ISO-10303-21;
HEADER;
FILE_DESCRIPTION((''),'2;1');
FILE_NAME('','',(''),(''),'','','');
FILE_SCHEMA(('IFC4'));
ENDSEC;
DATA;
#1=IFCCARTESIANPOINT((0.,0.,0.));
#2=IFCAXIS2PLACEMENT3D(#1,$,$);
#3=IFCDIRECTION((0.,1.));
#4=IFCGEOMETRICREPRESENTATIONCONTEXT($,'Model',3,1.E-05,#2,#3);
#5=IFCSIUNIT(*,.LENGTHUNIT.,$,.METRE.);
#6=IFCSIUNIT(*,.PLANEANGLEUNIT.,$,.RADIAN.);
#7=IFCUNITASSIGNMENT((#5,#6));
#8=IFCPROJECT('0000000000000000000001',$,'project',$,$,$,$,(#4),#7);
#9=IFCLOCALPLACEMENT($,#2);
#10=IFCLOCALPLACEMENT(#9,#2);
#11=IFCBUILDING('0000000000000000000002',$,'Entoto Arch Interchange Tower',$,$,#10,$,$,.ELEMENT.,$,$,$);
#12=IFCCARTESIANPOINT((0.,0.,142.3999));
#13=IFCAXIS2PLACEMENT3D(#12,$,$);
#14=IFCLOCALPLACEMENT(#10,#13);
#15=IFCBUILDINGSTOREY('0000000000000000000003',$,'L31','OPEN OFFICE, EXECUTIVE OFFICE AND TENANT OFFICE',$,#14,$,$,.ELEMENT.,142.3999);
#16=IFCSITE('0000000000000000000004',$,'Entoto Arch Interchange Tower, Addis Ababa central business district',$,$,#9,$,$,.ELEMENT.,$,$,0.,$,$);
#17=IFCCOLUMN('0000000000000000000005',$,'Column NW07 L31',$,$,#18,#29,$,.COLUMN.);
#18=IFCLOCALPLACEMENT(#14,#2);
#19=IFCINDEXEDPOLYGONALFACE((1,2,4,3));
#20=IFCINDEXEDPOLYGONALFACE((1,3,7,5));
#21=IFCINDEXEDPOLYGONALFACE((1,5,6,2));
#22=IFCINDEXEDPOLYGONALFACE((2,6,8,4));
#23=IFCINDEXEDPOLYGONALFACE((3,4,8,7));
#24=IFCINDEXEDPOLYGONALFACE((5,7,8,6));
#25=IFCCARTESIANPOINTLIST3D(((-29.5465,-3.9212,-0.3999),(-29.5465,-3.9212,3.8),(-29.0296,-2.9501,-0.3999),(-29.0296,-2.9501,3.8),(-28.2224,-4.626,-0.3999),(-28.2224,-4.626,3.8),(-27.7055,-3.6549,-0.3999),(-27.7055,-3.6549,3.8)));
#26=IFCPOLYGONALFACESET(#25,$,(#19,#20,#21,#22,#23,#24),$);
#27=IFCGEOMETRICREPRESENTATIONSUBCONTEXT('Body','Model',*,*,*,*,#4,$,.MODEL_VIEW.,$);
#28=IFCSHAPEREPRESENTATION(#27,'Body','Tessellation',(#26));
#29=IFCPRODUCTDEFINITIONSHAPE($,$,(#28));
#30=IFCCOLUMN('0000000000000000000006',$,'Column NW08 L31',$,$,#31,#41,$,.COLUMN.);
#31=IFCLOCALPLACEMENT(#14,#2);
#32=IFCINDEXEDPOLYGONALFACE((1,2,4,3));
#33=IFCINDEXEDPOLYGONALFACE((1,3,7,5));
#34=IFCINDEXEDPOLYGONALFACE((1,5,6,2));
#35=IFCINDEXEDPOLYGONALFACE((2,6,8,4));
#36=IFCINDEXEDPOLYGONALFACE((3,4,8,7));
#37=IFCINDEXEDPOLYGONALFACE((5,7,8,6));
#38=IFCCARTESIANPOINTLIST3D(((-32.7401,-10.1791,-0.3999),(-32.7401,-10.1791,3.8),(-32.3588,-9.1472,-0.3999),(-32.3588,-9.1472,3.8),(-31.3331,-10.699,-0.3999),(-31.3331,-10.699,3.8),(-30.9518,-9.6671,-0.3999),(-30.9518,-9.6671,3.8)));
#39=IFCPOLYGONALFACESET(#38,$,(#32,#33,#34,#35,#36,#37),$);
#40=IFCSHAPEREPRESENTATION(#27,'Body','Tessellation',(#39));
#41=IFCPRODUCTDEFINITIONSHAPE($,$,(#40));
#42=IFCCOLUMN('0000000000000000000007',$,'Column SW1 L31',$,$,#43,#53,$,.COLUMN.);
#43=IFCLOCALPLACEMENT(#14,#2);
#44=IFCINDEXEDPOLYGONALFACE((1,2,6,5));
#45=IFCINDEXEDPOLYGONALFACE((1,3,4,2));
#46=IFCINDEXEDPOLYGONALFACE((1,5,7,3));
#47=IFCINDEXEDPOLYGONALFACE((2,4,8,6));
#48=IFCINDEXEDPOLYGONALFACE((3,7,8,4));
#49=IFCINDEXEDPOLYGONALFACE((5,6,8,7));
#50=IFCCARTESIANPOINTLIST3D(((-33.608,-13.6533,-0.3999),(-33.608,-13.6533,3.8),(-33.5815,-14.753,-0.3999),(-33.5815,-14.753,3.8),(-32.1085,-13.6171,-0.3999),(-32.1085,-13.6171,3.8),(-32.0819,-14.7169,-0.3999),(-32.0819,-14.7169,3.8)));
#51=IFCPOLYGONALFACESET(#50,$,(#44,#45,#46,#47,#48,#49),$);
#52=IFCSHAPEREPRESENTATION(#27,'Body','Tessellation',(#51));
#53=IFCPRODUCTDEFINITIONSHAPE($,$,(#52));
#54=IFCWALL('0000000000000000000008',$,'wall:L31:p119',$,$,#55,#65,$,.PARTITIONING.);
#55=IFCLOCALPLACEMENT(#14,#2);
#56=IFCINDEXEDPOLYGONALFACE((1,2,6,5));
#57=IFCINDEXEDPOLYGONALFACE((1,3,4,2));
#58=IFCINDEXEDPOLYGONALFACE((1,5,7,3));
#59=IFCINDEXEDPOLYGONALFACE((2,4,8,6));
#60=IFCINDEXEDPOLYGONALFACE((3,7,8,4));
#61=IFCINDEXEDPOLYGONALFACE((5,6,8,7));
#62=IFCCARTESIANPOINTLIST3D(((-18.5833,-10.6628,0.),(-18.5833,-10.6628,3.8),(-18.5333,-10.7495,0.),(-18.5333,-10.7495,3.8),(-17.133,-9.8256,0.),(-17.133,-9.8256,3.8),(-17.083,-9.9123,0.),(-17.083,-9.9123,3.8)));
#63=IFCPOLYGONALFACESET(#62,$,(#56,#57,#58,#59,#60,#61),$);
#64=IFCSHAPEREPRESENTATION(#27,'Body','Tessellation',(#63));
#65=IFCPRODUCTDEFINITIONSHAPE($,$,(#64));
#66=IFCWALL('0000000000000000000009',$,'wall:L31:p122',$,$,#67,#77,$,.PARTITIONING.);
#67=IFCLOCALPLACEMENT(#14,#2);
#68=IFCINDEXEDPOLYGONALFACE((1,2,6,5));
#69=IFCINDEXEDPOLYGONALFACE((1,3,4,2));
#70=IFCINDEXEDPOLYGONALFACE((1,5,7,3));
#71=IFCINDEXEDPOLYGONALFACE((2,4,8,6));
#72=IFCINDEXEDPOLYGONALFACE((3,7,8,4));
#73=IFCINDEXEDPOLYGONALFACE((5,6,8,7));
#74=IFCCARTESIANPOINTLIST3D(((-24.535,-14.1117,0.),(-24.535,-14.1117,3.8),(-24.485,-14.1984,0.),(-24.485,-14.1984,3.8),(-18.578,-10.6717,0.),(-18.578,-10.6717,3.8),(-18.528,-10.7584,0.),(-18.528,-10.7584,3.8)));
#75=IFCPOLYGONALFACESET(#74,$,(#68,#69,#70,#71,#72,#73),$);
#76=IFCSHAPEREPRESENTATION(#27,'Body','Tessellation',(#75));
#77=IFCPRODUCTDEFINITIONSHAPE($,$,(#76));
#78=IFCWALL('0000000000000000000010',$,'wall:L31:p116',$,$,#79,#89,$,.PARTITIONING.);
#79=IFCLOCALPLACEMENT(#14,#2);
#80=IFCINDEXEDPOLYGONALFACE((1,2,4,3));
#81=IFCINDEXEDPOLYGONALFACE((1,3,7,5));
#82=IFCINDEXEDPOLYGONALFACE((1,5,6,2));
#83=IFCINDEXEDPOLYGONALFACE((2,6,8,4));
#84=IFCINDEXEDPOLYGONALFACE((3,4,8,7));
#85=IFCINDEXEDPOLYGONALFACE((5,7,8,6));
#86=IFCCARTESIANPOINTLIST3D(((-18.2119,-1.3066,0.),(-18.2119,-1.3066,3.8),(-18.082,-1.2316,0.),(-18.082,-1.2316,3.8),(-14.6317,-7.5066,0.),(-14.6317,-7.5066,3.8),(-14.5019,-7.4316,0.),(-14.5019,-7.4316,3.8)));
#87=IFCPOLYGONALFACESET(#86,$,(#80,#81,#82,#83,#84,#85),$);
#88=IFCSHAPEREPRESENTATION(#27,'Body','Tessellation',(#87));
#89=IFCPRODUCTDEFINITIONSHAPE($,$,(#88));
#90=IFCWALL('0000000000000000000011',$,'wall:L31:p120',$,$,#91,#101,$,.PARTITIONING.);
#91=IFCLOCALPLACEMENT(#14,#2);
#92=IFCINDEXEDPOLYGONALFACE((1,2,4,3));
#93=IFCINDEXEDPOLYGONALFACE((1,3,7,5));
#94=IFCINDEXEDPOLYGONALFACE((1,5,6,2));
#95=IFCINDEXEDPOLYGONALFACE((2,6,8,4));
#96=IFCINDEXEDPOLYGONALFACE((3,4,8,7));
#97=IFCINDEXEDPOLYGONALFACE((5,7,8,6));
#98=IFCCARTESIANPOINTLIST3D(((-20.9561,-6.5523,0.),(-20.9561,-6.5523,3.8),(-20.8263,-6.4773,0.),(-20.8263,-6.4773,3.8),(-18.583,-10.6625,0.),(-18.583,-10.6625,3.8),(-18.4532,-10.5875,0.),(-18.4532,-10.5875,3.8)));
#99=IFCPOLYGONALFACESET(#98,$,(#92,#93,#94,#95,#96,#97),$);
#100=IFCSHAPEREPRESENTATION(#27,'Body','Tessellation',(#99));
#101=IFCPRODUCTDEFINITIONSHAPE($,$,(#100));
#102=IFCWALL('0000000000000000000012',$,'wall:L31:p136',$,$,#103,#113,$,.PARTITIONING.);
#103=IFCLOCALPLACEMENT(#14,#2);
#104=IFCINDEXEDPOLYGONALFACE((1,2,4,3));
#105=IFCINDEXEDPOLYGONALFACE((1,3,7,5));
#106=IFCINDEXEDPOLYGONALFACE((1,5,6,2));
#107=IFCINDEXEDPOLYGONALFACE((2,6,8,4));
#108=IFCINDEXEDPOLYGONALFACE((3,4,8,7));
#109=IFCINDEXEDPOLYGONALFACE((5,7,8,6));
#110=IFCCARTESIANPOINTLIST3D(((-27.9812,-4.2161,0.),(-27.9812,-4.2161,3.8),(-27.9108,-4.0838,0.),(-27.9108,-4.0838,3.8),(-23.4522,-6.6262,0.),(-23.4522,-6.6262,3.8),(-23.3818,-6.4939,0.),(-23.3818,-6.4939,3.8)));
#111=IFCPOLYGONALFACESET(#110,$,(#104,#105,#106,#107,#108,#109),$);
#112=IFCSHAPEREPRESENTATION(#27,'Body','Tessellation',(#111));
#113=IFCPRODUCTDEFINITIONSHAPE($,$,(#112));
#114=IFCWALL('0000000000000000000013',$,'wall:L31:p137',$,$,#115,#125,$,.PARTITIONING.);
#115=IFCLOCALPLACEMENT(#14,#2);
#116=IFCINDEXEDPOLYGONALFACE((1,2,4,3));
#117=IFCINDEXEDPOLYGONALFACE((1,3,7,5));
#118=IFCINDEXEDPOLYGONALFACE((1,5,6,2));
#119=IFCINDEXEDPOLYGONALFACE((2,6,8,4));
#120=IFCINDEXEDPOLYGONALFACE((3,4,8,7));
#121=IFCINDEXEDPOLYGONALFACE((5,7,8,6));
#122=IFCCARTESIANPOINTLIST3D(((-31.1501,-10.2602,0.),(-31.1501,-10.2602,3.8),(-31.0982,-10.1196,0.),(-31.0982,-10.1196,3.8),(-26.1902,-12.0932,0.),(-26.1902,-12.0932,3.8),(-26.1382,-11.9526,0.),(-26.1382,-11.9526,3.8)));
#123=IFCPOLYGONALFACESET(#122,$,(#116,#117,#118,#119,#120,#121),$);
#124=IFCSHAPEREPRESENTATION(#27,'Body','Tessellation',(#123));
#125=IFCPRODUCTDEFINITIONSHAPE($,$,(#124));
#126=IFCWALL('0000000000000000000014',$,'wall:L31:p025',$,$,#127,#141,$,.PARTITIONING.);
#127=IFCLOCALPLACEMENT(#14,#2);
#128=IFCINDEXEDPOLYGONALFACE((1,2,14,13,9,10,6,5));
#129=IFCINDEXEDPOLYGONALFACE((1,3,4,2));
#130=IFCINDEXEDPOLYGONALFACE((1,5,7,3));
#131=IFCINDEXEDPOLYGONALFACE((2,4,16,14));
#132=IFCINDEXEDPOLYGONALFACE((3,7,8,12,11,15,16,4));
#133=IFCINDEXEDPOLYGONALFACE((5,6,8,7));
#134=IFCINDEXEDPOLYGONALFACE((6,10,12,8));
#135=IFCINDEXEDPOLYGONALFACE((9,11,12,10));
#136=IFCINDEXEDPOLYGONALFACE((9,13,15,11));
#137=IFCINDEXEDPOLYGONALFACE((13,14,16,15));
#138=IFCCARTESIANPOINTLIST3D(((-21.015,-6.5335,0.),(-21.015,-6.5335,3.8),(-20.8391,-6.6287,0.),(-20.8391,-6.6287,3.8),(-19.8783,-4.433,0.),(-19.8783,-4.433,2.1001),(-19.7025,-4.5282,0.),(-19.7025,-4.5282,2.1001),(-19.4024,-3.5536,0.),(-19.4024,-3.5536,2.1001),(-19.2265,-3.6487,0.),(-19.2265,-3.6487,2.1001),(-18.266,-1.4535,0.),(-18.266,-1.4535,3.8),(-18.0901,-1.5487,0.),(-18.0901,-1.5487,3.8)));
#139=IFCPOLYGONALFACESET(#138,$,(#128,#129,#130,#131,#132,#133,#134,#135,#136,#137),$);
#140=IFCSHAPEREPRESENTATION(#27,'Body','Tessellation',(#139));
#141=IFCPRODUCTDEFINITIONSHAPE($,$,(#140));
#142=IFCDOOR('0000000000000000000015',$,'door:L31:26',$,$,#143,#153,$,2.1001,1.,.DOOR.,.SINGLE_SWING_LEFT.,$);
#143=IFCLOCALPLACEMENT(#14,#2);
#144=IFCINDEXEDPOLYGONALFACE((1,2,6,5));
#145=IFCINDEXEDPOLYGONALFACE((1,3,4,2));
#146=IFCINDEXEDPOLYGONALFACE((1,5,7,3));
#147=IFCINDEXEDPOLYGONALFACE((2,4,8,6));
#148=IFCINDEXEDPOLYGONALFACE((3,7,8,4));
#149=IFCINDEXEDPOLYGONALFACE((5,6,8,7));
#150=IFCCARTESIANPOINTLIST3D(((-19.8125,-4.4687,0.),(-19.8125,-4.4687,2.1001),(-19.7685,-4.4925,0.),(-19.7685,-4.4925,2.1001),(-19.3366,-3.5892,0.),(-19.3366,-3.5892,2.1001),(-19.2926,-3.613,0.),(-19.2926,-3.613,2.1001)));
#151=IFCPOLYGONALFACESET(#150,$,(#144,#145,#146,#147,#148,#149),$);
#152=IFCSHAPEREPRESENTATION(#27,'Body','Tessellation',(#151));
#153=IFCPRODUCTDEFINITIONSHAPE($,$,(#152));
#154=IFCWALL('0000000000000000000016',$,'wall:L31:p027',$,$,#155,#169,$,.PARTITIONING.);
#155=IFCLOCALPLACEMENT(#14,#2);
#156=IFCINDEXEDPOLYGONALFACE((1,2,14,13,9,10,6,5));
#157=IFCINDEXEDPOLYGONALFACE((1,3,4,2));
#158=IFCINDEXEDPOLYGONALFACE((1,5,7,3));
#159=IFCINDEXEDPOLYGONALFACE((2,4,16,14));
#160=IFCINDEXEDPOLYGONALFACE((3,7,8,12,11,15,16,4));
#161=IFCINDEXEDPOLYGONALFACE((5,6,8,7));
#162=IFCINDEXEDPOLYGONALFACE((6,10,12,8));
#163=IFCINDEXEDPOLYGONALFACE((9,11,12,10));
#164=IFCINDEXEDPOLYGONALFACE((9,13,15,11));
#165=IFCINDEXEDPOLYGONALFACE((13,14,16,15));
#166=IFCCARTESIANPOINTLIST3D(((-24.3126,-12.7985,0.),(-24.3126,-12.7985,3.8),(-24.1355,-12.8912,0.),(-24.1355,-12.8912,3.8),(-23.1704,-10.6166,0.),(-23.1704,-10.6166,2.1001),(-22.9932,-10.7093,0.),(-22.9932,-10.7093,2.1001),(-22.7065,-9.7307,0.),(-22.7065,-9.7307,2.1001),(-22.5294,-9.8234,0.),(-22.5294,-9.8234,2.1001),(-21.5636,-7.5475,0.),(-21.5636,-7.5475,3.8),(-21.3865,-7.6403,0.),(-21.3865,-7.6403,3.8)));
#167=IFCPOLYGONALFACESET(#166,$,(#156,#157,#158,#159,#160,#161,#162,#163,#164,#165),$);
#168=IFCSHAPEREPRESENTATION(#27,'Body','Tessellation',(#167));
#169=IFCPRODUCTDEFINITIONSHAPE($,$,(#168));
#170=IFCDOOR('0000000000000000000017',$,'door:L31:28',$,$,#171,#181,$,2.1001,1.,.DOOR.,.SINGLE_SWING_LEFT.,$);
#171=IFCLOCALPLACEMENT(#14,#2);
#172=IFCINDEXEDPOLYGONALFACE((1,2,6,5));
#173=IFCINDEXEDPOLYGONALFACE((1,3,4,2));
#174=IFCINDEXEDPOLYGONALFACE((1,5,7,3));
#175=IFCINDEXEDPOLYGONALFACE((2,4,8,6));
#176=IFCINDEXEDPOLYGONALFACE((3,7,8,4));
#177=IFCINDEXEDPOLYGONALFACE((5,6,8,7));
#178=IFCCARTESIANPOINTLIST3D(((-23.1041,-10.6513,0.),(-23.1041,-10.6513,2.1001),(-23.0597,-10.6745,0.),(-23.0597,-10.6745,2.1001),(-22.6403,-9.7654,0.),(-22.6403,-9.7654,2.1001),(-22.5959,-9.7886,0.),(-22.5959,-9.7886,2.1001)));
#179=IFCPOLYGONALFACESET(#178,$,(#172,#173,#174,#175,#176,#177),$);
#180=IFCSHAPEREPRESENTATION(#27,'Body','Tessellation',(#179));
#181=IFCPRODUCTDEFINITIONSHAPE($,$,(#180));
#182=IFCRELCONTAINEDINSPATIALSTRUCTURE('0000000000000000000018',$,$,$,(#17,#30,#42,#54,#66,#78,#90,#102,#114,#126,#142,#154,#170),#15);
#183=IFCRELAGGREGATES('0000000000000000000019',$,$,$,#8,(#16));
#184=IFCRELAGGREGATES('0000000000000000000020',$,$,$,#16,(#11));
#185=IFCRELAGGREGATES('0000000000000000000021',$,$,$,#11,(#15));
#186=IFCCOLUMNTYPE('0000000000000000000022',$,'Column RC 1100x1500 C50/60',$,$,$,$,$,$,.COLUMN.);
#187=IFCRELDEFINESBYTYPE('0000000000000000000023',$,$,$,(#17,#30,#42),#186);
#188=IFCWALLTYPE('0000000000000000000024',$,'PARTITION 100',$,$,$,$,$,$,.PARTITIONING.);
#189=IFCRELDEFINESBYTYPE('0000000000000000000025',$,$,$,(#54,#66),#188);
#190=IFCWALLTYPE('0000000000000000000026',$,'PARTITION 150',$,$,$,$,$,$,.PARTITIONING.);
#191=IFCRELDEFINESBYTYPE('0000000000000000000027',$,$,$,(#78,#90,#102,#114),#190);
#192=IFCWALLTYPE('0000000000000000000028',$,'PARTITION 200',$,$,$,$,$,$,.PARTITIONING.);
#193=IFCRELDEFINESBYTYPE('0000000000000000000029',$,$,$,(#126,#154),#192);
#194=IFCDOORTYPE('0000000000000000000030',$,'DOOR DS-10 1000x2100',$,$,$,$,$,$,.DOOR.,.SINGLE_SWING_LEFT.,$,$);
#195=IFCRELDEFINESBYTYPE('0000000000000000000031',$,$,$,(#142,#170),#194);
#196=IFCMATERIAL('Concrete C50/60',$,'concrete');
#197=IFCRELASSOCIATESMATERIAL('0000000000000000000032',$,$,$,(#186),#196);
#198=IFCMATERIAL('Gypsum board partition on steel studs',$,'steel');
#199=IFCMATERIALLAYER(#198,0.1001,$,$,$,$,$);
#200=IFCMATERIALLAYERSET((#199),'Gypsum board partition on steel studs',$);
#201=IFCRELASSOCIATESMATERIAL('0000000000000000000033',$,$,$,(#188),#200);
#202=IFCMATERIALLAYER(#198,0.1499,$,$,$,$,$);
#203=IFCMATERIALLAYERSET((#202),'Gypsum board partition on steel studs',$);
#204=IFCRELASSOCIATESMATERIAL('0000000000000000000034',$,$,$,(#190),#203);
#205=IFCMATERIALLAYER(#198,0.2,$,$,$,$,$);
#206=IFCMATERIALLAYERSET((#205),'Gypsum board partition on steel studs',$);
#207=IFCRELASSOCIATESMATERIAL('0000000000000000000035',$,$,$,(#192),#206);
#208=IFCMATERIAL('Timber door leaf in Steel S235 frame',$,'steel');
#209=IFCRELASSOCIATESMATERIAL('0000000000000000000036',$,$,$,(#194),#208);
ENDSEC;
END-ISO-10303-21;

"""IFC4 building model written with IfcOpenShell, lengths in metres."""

from ifc_helpers import new_model, si_unit, direction, frame, frame_2d, origin, origin_2d, place, context, subcontext, project, spatial, rectangle, extrude, material, layer, layer_set, material_profile, profile_set, type_object, element, fill, save


model = new_model("IFC4")

# Units and contexts
model_context = context("Model", 3, precision=1e-05, world=origin(), true_north=direction((0.0, 1.0)))
body_context = subcontext(model_context, "Body", "Model", "MODEL_VIEW")
ifc_project = project(units=[si_unit("LENGTHUNIT", "METRE"), si_unit("PLANEANGLEUNIT", "RADIAN")], contexts=[model_context])

# Site, building, storey
site_placement = place(None, origin())
site = spatial("IfcSite", under=ifc_project, at=site_placement, Name="Entoto Arch Interchange Tower, Addis Ababa central business district", CompositionType="ELEMENT", RefElevation=0.0)
building_placement = place(site_placement, origin())
building = spatial("IfcBuilding", under=site, at=building_placement, Name="Entoto Arch Interchange Tower", CompositionType="ELEMENT")
storey_placement = place(building_placement, frame((0.0, 0.0, 142.3999)))
storey = spatial("IfcBuildingStorey", under=building, at=storey_placement, Name="L31", Description="OPEN OFFICE, EXECUTIVE OFFICE AND TENANT OFFICE", CompositionType="ELEMENT", Elevation=142.3999)

# Columns
ifc_material_1 = material(Name="Concrete C50/60", Category="concrete")
ifc_material_profile = material_profile(ifc_material_1, rectangle(XDim=1.1001, YDim=1.5, at=origin_2d()))
ifc_profile_set = profile_set([ifc_material_profile], Name="Concrete C50/60")
column_type = type_object("IfcColumnType", Name="Column RC 1100x1500 C50/60", PredefinedType="COLUMN", material=ifc_profile_set)
for number, where, z_axis, x_axis, name in (
    (1, (-28.626, -3.7881, -0.3999), (0.0, 0.0, 1.0), (0.469857, 0.882743, 0.0), "Column NW07 L31"),
    (2, (-31.8459, -9.9231, -0.3999), (0.0, 0.0, 1.0), (0.346592, 0.938016, 0.0), "Column NW08 L31"),
    (3, (-32.845, -14.1851, -0.3999), (0.0, 0.0, 1.0), (-0.024118, 0.999709, 0.0), "Column SW1 L31"),
):
    element("IfcColumn", number, at=place(storey_placement, frame(where, z_axis=z_axis, x_axis=x_axis)), inside=storey, type_object=column_type, Name=name, PredefinedType="COLUMN", context=body_context, shape_type="SweptSolid", body=[
        extrude(rectangle(XDim=1.1001, YDim=1.5, at=origin_2d()), origin(), (0.0, 0.0, 1.0), 4.2),
    ])

# Walls
ifc_material_2 = material(Name="Gypsum board partition on steel studs", Category="steel")
ifc_layer_1 = layer(ifc_material_2, 0.1001)
ifc_layer_set_1 = layer_set([ifc_layer_1], Name="Gypsum board partition on steel studs")
wall_type_1 = type_object("IfcWallType", Name="PARTITION 100", PredefinedType="PARTITIONING", material=ifc_layer_set_1)
wall_1_placement = place(storey_placement, frame((-17.1079, -9.8689, 0.0), z_axis=(0.0, 0.0, 1.0), x_axis=(-0.866054, -0.49995, 0.0)))
element("IfcWall", 4, at=wall_1_placement, inside=storey, type_object=wall_type_1, Name="wall:L31:p119", PredefinedType="PARTITIONING", context=body_context, shape_type="SweptSolid", body=[
    extrude(rectangle(XDim=1.6746, YDim=0.1001, at=frame_2d((0.8374, 0.0))), origin(), (0.0, 0.0, 1.0), 3.8),
])
wall_2_placement = place(storey_placement, frame((-18.553, -10.7151, 0.0), z_axis=(0.0, 0.0, 1.0), x_axis=(-0.865985, -0.500071, 0.0)))
element("IfcWall", 5, at=wall_2_placement, inside=storey, type_object=wall_type_1, Name="wall:L31:p122", PredefinedType="PARTITIONING", context=body_context, shape_type="SweptSolid", body=[
    extrude(rectangle(XDim=6.8789, YDim=0.1001, at=frame_2d((3.4395, 0.0))), origin(), (0.0, 0.0, 1.0), 3.8),
])
ifc_layer_2 = layer(ifc_material_2, 0.1499)
ifc_layer_set_2 = layer_set([ifc_layer_2], Name="Gypsum board partition on steel studs")
wall_type_2 = type_object("IfcWallType", Name="PARTITION 150", PredefinedType="PARTITIONING", material=ifc_layer_set_2)
wall_3_placement = place(storey_placement, frame((-14.5669, -7.469, 0.0), z_axis=(0.0, 0.0, 1.0), x_axis=(-0.500056, 0.865993, 0.0)))
element("IfcWall", 6, at=wall_3_placement, inside=storey, type_object=wall_type_2, Name="wall:L31:p116", PredefinedType="PARTITIONING", context=body_context, shape_type="SweptSolid", body=[
    extrude(rectangle(XDim=7.1594, YDim=0.1499, at=frame_2d((3.5796, 0.0))), origin(), (0.0, 0.0, 1.0), 3.8),
])
wall_4_placement = place(storey_placement, frame((-18.5181, -10.625, 0.0), z_axis=(0.0, 0.0, 1.0), x_axis=(-0.500012, 0.866019, 0.0)))
element("IfcWall", 7, at=wall_4_placement, inside=storey, type_object=wall_type_2, Name="wall:L31:p120", PredefinedType="PARTITIONING", context=body_context, shape_type="SweptSolid", body=[
    extrude(rectangle(XDim=4.7461, YDim=0.1499, at=frame_2d((2.373, 0.0))), origin(), (0.0, 0.0, 1.0), 3.8),
])
wall_5_placement = place(storey_placement, frame((-23.417, -6.5601, 0.0), z_axis=(0.0, 0.0, 1.0), x_axis=(-0.882785, 0.469778, 0.0)))
element("IfcWall", 8, at=wall_5_placement, inside=storey, type_object=wall_type_2, Name="wall:L31:p136", PredefinedType="PARTITIONING", context=body_context, shape_type="SweptSolid", body=[
    extrude(rectangle(XDim=5.1304, YDim=0.1499, at=frame_2d((2.5652, 0.0))), origin(), (0.0, 0.0, 1.0), 3.8),
])
wall_6_placement = place(storey_placement, frame((-26.1641, -12.0229, 0.0), z_axis=(0.0, 0.0, 1.0), x_axis=(-0.937996, 0.346647, 0.0)))
element("IfcWall", 9, at=wall_6_placement, inside=storey, type_object=wall_type_2, Name="wall:L31:p137", PredefinedType="PARTITIONING", context=body_context, shape_type="SweptSolid", body=[
    extrude(rectangle(XDim=5.2878, YDim=0.1499, at=frame_2d((2.644, 0.0))), origin(), (0.0, 0.0, 1.0), 3.8),
])

# Walls, openings, doors
ifc_layer_3 = layer(ifc_material_2, 0.2)
ifc_layer_set_3 = layer_set([ifc_layer_3], Name="Gypsum board partition on steel studs")
wall_type_3 = type_object("IfcWallType", Name="PARTITION 200", PredefinedType="PARTITIONING", material=ifc_layer_set_3)
wall_7_placement = place(storey_placement, frame((-18.178, -1.501, 0.0), z_axis=(0.0, 0.0, 1.0), x_axis=(-0.475924, -0.879487, 0.0)))
wall_7 = element("IfcWall", 10, at=wall_7_placement, inside=storey, type_object=wall_type_3, Name="wall:L31:p025", PredefinedType="PARTITIONING", context=body_context, shape_type="SweptSolid", body=[
    extrude(rectangle(XDim=5.7761, YDim=0.2, at=frame_2d((2.8882, 0.0))), origin(), (0.0, 0.0, 1.0), 3.8),
])
opening_1_placement = place(wall_7_placement, frame((2.3879, 0.0, 0.0)))
opening_1 = element("IfcOpeningElement", 11, at=opening_1_placement, cuts=wall_7, PredefinedType="OPENING", context=body_context, shape_type="SweptSolid", body=[
    extrude(rectangle(XDim=1.0, YDim=2.1001, at=frame_2d((0.5, 1.05))), frame((0.0, 0.1099, 0.0), z_axis=(0.0, -1.0, 0.0), x_axis=(1.0, 0.0, 0.0)), (0.0, 0.0, 1.0), 0.22),
])
ifc_material_3 = material(Name="Timber door leaf in Steel S235 frame", Category="steel")
door_type = type_object("IfcDoorType", Name="DOOR DS-10 1000x2100", OperationType="SINGLE_SWING_LEFT", PredefinedType="DOOR", material=ifc_material_3)
door_1_placement = place(opening_1_placement, origin())
door_1 = element("IfcDoor", 12, at=door_1_placement, inside=storey, type_object=door_type, Name="door:L31:26", OperationType="SINGLE_SWING_LEFT", OverallHeight=2.1001, OverallWidth=1.0, PredefinedType="DOOR", context=body_context, shape_type="SweptSolid", body=[
    extrude(rectangle(XDim=1.0, YDim=2.1001, at=frame_2d((0.5, 1.05))), frame((0.0, 0.0249, 0.0), z_axis=(0.0, -1.0, 0.0), x_axis=(1.0, 0.0, 0.0)), (0.0, 0.0, 1.0), 0.05),
])
fill(opening_1, door_1)
wall_8_placement = place(storey_placement, frame((-21.4751, -7.594, 0.0), z_axis=(0.0, 0.0, 1.0), x_axis=(-0.46381, -0.885935, 0.0)))
wall_8 = element("IfcWall", 13, at=wall_8_placement, inside=storey, type_object=wall_type_3, Name="wall:L31:p027", PredefinedType="PARTITIONING", context=body_context, shape_type="SweptSolid", body=[
    extrude(rectangle(XDim=5.927, YDim=0.2, at=frame_2d((2.9634, 0.0))), origin(), (0.0, 0.0, 1.0), 3.8),
])
opening_2_placement = place(wall_8_placement, frame((2.4641, 0.0, 0.0)))
opening_2 = element("IfcOpeningElement", 14, at=opening_2_placement, cuts=wall_8, PredefinedType="OPENING", context=body_context, shape_type="SweptSolid", body=[
    extrude(rectangle(XDim=1.0, YDim=2.1001, at=frame_2d((0.5, 1.05))), frame((0.0, 0.1099, 0.0), z_axis=(0.0, -1.0, 0.0), x_axis=(1.0, 0.0, 0.0)), (0.0, 0.0, 1.0), 0.22),
])
door_2_placement = place(opening_2_placement, origin())
door_2 = element("IfcDoor", 15, at=door_2_placement, inside=storey, type_object=door_type, Name="door:L31:28", OperationType="SINGLE_SWING_LEFT", OverallHeight=2.1001, OverallWidth=1.0, PredefinedType="DOOR", context=body_context, shape_type="SweptSolid", body=[
    extrude(rectangle(XDim=1.0, YDim=2.1001, at=frame_2d((0.5, 1.05))), frame((0.0, 0.0249, 0.0), z_axis=(0.0, -1.0, 0.0), x_axis=(1.0, 0.0, 0.0)), (0.0, 0.0, 1.0), 0.05),
])
fill(opening_2, door_2)

save(model, "model.ifc")
